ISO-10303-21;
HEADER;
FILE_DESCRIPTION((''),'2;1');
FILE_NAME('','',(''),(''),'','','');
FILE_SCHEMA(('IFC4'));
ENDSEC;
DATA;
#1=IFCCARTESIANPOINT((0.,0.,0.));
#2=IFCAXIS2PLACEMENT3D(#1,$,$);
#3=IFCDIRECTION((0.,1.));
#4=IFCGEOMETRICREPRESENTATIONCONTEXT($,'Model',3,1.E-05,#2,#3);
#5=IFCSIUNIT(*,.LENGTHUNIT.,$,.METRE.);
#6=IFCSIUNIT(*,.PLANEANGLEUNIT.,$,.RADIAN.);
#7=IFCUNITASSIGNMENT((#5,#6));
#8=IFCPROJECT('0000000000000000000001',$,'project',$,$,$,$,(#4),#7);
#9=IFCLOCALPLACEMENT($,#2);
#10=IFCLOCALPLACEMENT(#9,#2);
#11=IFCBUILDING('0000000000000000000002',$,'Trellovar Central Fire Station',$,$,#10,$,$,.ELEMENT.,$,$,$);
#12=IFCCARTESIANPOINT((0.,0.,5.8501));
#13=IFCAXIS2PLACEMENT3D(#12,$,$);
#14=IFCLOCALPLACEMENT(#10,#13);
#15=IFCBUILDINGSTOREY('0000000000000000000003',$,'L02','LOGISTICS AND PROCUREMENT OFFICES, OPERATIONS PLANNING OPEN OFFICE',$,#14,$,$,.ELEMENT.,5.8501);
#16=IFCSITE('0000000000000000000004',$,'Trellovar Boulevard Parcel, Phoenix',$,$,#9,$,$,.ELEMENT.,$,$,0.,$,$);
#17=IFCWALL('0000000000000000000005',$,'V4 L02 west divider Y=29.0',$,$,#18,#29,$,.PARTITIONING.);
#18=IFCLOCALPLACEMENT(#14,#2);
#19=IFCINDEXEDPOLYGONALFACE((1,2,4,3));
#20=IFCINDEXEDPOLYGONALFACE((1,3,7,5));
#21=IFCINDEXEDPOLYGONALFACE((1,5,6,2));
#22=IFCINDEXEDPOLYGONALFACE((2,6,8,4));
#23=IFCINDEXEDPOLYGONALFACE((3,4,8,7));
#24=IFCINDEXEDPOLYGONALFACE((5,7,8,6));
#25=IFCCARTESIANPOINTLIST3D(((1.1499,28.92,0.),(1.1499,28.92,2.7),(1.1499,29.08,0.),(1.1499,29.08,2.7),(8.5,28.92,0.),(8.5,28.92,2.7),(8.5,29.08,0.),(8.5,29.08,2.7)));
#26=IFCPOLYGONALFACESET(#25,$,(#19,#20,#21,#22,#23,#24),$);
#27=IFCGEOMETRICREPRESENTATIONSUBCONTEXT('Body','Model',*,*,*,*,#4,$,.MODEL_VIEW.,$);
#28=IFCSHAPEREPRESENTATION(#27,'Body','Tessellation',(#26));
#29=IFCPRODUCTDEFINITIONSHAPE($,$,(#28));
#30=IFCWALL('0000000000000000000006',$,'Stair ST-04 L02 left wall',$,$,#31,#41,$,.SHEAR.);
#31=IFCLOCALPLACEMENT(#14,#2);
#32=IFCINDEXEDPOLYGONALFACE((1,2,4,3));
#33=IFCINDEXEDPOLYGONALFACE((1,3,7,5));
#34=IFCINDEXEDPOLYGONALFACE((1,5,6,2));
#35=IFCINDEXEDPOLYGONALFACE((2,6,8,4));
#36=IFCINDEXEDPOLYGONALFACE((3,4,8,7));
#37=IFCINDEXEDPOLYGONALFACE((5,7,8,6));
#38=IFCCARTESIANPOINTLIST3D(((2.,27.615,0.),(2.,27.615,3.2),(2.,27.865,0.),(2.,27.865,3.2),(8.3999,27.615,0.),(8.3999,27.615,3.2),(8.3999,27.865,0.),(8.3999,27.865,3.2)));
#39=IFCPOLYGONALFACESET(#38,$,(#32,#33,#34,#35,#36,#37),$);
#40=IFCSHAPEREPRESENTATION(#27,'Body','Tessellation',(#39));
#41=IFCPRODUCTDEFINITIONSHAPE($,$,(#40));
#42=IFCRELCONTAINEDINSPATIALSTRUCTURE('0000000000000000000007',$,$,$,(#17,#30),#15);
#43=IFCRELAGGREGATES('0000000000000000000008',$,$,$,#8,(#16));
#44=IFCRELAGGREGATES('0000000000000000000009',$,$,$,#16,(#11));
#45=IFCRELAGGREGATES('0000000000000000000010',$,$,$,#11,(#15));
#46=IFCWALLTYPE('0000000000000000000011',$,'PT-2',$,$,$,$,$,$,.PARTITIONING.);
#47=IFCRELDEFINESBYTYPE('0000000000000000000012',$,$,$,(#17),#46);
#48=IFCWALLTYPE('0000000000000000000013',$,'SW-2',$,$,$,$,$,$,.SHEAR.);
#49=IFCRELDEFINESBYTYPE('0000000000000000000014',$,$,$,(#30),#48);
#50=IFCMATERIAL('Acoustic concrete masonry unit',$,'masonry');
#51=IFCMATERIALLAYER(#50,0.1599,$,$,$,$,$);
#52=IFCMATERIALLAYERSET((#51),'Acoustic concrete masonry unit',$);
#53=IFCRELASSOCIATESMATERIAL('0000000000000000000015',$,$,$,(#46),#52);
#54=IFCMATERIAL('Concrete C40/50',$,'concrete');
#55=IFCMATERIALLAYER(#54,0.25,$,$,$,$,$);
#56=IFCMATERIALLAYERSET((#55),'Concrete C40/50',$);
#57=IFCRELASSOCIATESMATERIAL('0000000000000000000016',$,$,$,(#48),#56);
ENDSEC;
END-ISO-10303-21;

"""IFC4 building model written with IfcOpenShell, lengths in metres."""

from ifc_helpers import new_model, si_unit, direction, frame, frame_2d, origin, place, context, subcontext, project, spatial, rectangle, extrude, material, layer, layer_set, type_object, element, save


model = new_model("IFC4")

# Units and contexts
model_context = context("Model", 3, precision=1e-05, world=origin(), true_north=direction((0.0, 1.0)))
body_context = subcontext(model_context, "Body", "Model", "MODEL_VIEW")
ifc_project = project(units=[si_unit("LENGTHUNIT", "METRE"), si_unit("PLANEANGLEUNIT", "RADIAN")], contexts=[model_context])

# Site, building, storey
site_placement = place(None, origin())
site = spatial("IfcSite", under=ifc_project, at=site_placement, Name="Trellovar Boulevard Parcel, Phoenix", CompositionType="ELEMENT", RefElevation=0.0)
building_placement = place(site_placement, origin())
building = spatial("IfcBuilding", under=site, at=building_placement, Name="Trellovar Central Fire Station", CompositionType="ELEMENT")
storey_placement = place(building_placement, frame((0.0, 0.0, 5.8501)))
storey = spatial("IfcBuildingStorey", under=building, at=storey_placement, Name="L02", Description="LOGISTICS AND PROCUREMENT OFFICES, OPERATIONS PLANNING OPEN OFFICE", CompositionType="ELEMENT", Elevation=5.8501)

# Wall
ifc_material_1 = material(Name="Acoustic concrete masonry unit", Category="masonry")
ifc_layer_1 = layer(ifc_material_1, 0.1599)
ifc_layer_set_1 = layer_set([ifc_layer_1], Name="Acoustic concrete masonry unit")
wall_type_1 = type_object("IfcWallType", Name="PT-2", PredefinedType="PARTITIONING", material=ifc_layer_set_1)
wall_1_placement = place(storey_placement, frame((1.1499, 29.0, 0.0), z_axis=(0.0, 0.0, 1.0), x_axis=(1.0, 0.0, 0.0)))
element("IfcWall", 1, at=wall_1_placement, inside=storey, type_object=wall_type_1, Name="V4 L02 west divider Y=29.0", PredefinedType="PARTITIONING", context=body_context, shape_type="SweptSolid", body=[
    extrude(rectangle(XDim=7.3501, YDim=0.1599, at=frame_2d((3.675, 0.0))), origin(), (0.0, 0.0, 1.0), 2.7),
])

# Wall
ifc_material_2 = material(Name="Concrete C40/50", Category="concrete")
ifc_layer_2 = layer(ifc_material_2, 0.25)
ifc_layer_set_2 = layer_set([ifc_layer_2], Name="Concrete C40/50")
wall_type_2 = type_object("IfcWallType", Name="SW-2", PredefinedType="SHEAR", material=ifc_layer_set_2)
wall_2_placement = place(storey_placement, frame((8.3999, 27.74, 0.0), z_axis=(0.0, 0.0, 1.0), x_axis=(-1.0, 0.0, 0.0)))
element("IfcWall", 2, at=wall_2_placement, inside=storey, type_object=wall_type_2, Name="Stair ST-04 L02 left wall", PredefinedType="SHEAR", context=body_context, shape_type="SweptSolid", body=[
    extrude(rectangle(XDim=6.3999, YDim=0.25, at=frame_2d((3.2, 0.0))), origin(), (0.0, 0.0, 1.0), 3.2),
])

save(model, "model.ifc")
